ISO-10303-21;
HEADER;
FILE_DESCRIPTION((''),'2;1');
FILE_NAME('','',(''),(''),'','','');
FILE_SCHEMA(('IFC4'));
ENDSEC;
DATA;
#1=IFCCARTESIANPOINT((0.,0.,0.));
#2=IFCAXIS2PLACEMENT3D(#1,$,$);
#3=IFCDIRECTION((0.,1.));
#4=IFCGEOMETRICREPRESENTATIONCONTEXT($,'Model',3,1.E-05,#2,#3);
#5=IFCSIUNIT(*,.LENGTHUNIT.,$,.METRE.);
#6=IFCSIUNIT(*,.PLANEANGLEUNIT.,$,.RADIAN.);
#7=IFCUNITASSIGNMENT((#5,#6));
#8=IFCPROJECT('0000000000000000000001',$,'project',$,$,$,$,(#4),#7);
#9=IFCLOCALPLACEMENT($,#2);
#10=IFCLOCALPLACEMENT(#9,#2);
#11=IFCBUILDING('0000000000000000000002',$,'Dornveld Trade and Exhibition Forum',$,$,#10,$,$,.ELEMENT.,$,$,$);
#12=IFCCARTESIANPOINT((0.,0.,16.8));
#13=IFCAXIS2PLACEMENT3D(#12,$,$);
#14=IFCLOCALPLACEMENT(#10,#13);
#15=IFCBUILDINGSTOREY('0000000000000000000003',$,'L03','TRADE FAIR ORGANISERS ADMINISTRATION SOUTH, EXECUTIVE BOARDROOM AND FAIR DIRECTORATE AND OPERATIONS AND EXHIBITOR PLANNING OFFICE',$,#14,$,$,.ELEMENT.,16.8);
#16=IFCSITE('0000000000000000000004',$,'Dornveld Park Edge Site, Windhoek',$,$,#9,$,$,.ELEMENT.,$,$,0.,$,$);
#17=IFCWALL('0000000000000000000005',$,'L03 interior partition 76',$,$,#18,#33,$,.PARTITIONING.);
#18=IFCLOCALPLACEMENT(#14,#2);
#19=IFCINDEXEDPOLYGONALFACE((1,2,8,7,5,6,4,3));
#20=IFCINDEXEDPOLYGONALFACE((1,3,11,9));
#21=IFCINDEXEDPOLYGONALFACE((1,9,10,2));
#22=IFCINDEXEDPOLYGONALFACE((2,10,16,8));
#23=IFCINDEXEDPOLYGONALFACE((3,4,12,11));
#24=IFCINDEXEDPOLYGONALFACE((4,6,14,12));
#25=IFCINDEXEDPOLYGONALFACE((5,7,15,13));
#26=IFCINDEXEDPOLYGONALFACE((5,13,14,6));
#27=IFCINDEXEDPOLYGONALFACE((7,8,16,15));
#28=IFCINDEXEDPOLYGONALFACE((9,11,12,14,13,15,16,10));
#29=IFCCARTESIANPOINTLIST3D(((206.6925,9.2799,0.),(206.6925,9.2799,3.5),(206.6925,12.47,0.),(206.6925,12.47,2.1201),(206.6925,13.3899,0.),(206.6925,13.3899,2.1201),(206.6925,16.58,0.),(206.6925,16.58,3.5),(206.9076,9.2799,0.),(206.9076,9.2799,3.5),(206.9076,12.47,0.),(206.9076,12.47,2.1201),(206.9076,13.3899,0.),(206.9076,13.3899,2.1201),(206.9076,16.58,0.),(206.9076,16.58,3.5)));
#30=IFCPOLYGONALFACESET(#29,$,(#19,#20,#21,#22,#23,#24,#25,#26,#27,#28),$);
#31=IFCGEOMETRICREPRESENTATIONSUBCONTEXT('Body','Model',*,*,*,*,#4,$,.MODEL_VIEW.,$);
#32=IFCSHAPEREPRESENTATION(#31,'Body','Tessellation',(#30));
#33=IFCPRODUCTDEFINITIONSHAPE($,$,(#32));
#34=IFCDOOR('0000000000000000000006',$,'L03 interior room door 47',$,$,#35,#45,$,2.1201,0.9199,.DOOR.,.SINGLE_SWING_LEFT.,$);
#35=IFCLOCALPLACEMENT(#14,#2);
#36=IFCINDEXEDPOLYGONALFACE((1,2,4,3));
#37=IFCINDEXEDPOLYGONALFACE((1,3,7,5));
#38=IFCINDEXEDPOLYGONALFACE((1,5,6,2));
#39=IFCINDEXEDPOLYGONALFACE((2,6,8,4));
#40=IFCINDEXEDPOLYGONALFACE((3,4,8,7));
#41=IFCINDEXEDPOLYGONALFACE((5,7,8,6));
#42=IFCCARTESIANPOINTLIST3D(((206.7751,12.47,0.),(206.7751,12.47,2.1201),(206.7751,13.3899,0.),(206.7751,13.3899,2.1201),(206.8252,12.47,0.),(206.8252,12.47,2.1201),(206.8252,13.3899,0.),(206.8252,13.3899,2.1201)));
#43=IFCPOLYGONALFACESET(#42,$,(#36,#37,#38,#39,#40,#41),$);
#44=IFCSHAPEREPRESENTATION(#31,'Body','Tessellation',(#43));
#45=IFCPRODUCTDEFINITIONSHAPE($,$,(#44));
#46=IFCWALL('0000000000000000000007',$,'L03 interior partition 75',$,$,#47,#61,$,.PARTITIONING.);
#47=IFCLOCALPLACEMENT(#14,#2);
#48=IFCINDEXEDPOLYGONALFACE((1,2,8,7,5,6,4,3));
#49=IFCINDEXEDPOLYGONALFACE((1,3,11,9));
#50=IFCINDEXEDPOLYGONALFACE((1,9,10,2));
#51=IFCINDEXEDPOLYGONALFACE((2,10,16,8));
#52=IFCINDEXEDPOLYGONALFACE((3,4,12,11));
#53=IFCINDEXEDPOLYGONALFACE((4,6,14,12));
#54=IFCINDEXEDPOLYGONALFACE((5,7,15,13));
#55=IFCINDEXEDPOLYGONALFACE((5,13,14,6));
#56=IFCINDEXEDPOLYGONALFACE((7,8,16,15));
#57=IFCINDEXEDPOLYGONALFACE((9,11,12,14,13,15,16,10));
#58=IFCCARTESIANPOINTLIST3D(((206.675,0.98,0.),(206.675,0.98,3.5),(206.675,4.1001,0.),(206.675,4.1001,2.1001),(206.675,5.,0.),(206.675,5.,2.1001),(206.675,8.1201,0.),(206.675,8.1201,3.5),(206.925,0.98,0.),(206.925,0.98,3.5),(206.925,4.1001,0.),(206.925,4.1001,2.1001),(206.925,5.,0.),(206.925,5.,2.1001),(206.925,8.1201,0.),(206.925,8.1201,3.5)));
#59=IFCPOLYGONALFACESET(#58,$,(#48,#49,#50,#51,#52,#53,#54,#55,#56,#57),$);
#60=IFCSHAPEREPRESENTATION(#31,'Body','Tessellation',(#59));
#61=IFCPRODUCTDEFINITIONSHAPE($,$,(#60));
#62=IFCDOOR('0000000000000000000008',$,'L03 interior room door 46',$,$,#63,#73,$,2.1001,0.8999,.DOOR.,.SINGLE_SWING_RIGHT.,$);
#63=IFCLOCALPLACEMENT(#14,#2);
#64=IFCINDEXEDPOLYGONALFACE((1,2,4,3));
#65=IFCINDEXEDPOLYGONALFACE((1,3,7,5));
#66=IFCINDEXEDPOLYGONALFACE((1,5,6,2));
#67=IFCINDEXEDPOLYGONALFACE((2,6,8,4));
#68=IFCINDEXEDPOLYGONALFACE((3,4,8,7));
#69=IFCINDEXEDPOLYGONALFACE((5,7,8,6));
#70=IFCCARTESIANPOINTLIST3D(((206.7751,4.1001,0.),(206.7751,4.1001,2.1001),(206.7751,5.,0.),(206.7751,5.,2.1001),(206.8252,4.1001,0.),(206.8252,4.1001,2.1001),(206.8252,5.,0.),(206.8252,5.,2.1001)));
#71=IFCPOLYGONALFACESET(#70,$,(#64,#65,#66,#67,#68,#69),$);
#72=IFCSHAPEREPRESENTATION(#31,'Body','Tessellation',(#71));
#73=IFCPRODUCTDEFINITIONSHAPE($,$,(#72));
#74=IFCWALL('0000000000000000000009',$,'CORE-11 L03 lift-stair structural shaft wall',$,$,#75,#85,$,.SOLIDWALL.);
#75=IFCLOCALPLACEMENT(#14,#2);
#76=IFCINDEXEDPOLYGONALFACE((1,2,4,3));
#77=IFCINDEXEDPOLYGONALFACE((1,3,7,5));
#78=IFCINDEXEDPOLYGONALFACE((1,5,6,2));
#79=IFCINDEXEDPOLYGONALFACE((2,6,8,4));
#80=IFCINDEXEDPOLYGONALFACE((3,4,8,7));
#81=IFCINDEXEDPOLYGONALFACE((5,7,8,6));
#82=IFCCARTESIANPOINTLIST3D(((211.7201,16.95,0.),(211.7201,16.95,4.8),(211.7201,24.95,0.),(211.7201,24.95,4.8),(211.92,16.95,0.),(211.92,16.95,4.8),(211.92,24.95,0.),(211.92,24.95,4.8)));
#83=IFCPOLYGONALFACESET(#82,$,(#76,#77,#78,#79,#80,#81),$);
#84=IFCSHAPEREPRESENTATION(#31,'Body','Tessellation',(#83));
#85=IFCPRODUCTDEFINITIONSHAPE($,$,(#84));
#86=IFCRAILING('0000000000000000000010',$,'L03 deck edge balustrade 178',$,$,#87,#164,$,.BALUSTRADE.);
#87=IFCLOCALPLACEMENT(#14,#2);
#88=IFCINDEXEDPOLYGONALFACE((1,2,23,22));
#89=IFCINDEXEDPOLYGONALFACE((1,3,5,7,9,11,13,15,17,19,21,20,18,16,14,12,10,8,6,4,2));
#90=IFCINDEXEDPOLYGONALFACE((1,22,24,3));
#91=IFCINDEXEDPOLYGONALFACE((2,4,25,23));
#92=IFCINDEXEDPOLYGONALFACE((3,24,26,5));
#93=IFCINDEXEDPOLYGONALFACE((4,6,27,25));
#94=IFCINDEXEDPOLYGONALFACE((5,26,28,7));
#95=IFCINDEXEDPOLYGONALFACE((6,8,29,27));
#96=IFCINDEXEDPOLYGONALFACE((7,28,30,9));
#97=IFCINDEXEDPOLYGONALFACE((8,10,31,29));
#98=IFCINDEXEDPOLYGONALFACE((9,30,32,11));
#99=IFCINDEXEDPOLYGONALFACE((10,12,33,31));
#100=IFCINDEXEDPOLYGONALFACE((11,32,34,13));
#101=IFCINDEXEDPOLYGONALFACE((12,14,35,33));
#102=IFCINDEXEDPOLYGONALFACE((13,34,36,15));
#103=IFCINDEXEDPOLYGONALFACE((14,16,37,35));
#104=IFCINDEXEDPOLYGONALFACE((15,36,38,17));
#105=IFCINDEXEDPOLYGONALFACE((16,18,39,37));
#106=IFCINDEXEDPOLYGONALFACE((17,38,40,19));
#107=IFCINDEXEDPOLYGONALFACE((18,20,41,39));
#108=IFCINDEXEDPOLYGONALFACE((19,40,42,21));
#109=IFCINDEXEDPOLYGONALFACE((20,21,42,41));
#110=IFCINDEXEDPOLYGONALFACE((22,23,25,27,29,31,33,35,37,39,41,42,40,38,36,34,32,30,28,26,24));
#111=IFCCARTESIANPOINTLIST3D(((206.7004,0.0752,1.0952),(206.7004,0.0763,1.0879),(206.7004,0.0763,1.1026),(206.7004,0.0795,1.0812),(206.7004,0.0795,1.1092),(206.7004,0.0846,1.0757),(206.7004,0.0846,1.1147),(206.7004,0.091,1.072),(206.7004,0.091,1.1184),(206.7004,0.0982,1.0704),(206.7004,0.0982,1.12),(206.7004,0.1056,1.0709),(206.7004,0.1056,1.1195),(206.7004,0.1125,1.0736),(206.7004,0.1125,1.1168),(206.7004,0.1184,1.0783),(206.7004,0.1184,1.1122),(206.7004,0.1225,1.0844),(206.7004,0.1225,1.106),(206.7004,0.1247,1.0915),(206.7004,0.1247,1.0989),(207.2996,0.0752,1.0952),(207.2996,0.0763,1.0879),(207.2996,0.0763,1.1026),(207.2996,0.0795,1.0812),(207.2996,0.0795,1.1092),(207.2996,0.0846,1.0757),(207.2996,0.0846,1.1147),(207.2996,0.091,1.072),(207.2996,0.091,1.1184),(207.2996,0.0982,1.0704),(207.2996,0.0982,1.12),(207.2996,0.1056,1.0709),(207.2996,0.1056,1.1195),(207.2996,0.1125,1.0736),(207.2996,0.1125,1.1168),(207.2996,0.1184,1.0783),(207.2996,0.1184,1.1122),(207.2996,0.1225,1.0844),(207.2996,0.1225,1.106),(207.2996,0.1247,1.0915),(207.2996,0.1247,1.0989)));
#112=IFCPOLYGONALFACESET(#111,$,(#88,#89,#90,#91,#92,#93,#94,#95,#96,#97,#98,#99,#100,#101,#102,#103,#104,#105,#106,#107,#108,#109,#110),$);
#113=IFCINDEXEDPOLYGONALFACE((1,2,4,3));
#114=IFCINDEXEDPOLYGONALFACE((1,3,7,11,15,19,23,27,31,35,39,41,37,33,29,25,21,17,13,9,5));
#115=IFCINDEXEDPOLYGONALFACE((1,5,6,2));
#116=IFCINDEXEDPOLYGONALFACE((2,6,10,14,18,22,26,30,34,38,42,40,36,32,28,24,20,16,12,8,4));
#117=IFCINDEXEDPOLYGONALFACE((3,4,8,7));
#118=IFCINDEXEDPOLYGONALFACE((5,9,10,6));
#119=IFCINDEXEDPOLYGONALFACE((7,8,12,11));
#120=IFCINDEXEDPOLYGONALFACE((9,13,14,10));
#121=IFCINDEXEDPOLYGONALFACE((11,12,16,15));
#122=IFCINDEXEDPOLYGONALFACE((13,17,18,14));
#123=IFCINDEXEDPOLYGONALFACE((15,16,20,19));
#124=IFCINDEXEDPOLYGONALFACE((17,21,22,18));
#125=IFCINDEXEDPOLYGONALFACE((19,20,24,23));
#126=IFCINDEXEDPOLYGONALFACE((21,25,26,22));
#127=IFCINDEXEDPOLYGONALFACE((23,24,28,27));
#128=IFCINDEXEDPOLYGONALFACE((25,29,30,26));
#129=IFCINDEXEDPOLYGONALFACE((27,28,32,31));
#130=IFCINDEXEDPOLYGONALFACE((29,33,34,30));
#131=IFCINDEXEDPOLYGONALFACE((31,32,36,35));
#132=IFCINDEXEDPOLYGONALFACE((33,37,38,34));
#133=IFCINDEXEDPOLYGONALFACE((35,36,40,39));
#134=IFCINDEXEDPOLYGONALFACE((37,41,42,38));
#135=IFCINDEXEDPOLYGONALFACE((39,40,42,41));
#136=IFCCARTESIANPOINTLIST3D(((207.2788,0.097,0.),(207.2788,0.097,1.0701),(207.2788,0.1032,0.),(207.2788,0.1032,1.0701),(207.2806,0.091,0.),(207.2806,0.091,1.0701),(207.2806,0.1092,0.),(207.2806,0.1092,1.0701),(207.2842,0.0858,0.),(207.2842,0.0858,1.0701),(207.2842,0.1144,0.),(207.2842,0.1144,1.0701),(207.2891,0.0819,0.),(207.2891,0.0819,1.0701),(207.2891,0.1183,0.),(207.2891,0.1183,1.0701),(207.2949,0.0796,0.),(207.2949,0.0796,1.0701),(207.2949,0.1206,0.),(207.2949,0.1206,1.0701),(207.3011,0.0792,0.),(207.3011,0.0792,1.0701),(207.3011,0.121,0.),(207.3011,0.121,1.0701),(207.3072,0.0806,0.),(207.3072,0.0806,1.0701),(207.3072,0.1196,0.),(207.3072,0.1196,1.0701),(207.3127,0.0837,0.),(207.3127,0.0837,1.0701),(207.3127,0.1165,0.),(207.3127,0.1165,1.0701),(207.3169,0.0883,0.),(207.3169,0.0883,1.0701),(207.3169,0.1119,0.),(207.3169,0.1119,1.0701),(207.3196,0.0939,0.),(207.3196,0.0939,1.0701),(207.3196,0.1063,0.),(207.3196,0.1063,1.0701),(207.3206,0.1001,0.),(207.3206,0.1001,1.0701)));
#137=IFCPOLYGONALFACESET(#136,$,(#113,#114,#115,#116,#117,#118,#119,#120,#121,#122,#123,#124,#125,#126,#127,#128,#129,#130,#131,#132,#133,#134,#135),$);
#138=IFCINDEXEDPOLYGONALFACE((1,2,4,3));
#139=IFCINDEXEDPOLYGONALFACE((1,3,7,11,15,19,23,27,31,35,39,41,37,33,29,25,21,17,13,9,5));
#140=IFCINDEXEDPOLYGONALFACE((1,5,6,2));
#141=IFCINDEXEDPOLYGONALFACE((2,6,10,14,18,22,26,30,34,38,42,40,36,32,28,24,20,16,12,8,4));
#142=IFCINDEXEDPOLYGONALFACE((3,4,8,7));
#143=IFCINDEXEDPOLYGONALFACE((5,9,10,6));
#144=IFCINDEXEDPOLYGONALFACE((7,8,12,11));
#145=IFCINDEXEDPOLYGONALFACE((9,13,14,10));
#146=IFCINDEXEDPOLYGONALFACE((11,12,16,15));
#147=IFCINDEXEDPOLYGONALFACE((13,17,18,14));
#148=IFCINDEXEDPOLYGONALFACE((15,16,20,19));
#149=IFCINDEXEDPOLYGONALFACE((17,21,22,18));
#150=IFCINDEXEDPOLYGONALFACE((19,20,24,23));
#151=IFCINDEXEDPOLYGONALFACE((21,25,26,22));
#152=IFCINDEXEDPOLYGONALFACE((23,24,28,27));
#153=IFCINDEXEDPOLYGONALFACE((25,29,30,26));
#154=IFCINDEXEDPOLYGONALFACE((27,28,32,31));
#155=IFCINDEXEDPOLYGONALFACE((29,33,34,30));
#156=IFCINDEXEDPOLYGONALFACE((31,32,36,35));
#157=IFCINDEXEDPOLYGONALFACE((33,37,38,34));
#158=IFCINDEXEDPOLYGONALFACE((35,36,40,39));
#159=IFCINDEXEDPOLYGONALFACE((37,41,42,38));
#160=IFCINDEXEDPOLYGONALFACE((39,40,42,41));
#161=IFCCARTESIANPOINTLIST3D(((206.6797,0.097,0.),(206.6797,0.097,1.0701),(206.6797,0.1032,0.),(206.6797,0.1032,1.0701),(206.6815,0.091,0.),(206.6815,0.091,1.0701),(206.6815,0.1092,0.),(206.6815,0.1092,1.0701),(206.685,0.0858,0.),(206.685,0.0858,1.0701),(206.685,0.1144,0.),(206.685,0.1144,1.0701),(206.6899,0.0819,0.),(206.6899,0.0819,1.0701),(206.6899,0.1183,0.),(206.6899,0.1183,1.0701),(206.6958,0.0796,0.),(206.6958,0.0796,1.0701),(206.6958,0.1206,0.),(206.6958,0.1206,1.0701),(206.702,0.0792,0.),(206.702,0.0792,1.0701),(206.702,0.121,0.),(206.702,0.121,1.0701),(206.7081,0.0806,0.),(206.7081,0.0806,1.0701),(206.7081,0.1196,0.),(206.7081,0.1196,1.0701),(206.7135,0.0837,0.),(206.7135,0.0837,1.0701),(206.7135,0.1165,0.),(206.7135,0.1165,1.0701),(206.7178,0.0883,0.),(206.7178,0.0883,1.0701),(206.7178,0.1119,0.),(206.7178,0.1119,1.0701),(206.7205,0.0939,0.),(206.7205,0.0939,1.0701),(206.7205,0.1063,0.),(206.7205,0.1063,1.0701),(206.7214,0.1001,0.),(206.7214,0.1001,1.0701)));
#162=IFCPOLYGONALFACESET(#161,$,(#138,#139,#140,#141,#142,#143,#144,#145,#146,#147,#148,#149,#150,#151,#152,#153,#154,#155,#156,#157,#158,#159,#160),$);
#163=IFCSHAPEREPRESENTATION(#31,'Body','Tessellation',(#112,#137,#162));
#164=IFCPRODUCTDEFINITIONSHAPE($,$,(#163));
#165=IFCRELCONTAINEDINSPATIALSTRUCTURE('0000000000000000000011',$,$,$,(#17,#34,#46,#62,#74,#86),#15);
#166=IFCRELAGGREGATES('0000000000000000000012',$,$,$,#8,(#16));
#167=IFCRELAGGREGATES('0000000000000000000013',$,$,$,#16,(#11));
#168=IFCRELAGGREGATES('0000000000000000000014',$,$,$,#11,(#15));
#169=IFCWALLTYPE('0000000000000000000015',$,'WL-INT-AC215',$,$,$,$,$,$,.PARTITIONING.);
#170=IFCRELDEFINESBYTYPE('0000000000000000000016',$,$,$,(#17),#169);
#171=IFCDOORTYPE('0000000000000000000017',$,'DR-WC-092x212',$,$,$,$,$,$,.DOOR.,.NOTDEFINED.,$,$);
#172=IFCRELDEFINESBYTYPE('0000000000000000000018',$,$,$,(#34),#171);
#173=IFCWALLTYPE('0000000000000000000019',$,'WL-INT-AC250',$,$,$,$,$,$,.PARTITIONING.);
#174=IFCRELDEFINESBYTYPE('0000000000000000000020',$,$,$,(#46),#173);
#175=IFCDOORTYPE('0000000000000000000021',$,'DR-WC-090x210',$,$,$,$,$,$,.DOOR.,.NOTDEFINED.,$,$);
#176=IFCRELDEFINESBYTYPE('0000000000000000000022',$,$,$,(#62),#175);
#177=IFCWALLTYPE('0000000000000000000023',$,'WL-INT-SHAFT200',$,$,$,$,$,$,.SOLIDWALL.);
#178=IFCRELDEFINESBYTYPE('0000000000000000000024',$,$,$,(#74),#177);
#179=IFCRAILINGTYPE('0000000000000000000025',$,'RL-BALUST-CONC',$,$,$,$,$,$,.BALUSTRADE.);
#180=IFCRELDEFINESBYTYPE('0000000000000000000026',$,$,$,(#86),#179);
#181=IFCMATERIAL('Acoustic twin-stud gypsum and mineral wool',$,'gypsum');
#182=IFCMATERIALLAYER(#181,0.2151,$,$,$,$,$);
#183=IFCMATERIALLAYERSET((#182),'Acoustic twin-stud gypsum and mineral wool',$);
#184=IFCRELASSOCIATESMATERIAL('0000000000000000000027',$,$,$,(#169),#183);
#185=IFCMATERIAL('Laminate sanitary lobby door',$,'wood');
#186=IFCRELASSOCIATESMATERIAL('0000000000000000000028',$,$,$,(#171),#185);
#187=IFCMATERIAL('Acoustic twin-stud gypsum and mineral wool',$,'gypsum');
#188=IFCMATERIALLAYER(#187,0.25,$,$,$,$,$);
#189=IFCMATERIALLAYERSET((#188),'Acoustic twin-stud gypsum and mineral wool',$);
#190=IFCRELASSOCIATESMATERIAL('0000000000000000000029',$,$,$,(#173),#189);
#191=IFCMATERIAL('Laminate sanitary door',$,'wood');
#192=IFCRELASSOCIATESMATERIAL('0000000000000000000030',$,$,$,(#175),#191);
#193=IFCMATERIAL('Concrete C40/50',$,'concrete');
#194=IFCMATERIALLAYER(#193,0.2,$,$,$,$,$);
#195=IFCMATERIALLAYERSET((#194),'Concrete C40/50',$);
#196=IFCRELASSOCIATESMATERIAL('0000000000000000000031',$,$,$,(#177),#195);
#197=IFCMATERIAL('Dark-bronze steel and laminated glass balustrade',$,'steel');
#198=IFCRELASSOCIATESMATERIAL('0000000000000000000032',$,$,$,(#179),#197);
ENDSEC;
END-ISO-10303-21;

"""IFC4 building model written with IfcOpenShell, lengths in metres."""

from ifc_helpers import new_model, si_unit, direction, frame, frame_2d, origin, origin_2d, place, context, subcontext, project, spatial, rectangle, circle, extrude, material, layer, layer_set, type_object, element, fill, save


model = new_model("IFC4")

# Units and contexts
model_context = context("Model", 3, precision=1e-05, world=origin(), true_north=direction((0.0, 1.0)))
body_context = subcontext(model_context, "Body", "Model", "MODEL_VIEW")
ifc_project = project(units=[si_unit("LENGTHUNIT", "METRE"), si_unit("PLANEANGLEUNIT", "RADIAN")], contexts=[model_context])

# Site, building, storey
site_placement = place(None, origin())
site = spatial("IfcSite", under=ifc_project, at=site_placement, Name="Dornveld Park Edge Site, Windhoek", CompositionType="ELEMENT", RefElevation=0.0)
building_placement = place(site_placement, origin())
building = spatial("IfcBuilding", under=site, at=building_placement, Name="Dornveld Trade and Exhibition Forum", CompositionType="ELEMENT")
storey_placement = place(building_placement, frame((0.0, 0.0, 16.8)))
storey = spatial("IfcBuildingStorey", under=building, at=storey_placement, Name="L03", Description="TRADE FAIR ORGANISERS ADMINISTRATION SOUTH, EXECUTIVE BOARDROOM AND FAIR DIRECTORATE AND OPERATIONS AND EXHIBITOR PLANNING OFFICE", CompositionType="ELEMENT", Elevation=16.8)

# Walls, openings, doors
ifc_material_1 = material(Name="Acoustic twin-stud gypsum and mineral wool", Category="gypsum")
ifc_layer_1 = layer(ifc_material_1, 0.2151)
ifc_layer_set_1 = layer_set([ifc_layer_1], Name="Acoustic twin-stud gypsum and mineral wool")
wall_type_1 = type_object("IfcWallType", Name="WL-INT-AC215", PredefinedType="PARTITIONING", material=ifc_layer_set_1)
wall_1_placement = place(storey_placement, frame((206.8, 9.28, 0.0), z_axis=(0.0, 0.0, 1.0), x_axis=(0.0, 1.0, 0.0)))
wall_1 = element("IfcWall", 1, at=wall_1_placement, inside=storey, type_object=wall_type_1, Name="L03 interior partition 76", PredefinedType="PARTITIONING", context=body_context, shape_type="SweptSolid", body=[
    extrude(rectangle(XDim=7.3, YDim=0.2151, at=frame_2d((3.6499, 0.0))), origin(), (0.0, 0.0, 1.0), 3.5),
])
opening_1_placement = place(wall_1_placement, frame((3.1899, 0.0, 0.0)))
opening_1 = element("IfcOpeningElement", 2, at=opening_1_placement, cuts=wall_1, PredefinedType="OPENING", context=body_context, shape_type="SweptSolid", body=[
    extrude(rectangle(XDim=0.9199, YDim=2.1201, at=frame_2d((0.46, 1.0601))), frame((0.0, 0.1174, 0.0), z_axis=(0.0, -1.0, 0.0), x_axis=(1.0, 0.0, 0.0)), (0.0, 0.0, 1.0), 0.2351),
])
ifc_material_2 = material(Name="Laminate sanitary lobby door", Category="wood")
door_type_1 = type_object("IfcDoorType", Name="DR-WC-092x212", OperationType="NOTDEFINED", PredefinedType="DOOR", material=ifc_material_2)
door_1_placement = place(opening_1_placement, origin())
door_1 = element("IfcDoor", 3, at=door_1_placement, inside=storey, type_object=door_type_1, Name="L03 interior room door 47", OperationType="SINGLE_SWING_LEFT", OverallHeight=2.1201, OverallWidth=0.9199, PredefinedType="DOOR", context=body_context, shape_type="SweptSolid", body=[
    extrude(rectangle(XDim=0.9199, YDim=2.1201, at=frame_2d((0.46, 1.0601))), frame((0.0, 0.0249, 0.0), z_axis=(0.0, -1.0, 0.0), x_axis=(1.0, 0.0, 0.0)), (0.0, 0.0, 1.0), 0.05),
])
fill(opening_1, door_1)
ifc_material_3 = material(Name="Acoustic twin-stud gypsum and mineral wool", Category="gypsum")
ifc_layer_2 = layer(ifc_material_3, 0.25)
ifc_layer_set_2 = layer_set([ifc_layer_2], Name="Acoustic twin-stud gypsum and mineral wool")
wall_type_2 = type_object("IfcWallType", Name="WL-INT-AC250", PredefinedType="PARTITIONING", material=ifc_layer_set_2)
wall_2_placement = place(storey_placement, frame((206.8, 0.98, 0.0), z_axis=(0.0, 0.0, 1.0), x_axis=(0.0, 1.0, 0.0)))
wall_2 = element("IfcWall", 4, at=wall_2_placement, inside=storey, type_object=wall_type_2, Name="L03 interior partition 75", PredefinedType="PARTITIONING", context=body_context, shape_type="SweptSolid", body=[
    extrude(rectangle(XDim=7.1401, YDim=0.25, at=frame_2d((3.5701, 0.0))), origin(), (0.0, 0.0, 1.0), 3.5),
])
opening_2_placement = place(wall_2_placement, frame((3.1201, 0.0, 0.0)))
opening_2 = element("IfcOpeningElement", 5, at=opening_2_placement, cuts=wall_2, PredefinedType="OPENING", context=body_context, shape_type="SweptSolid", body=[
    extrude(rectangle(XDim=0.8999, YDim=2.1001, at=frame_2d((0.45, 1.05))), frame((0.0, 0.135, 0.0), z_axis=(0.0, -1.0, 0.0), x_axis=(1.0, 0.0, 0.0)), (0.0, 0.0, 1.0), 0.27),
])
ifc_material_4 = material(Name="Laminate sanitary door", Category="wood")
door_type_2 = type_object("IfcDoorType", Name="DR-WC-090x210", OperationType="NOTDEFINED", PredefinedType="DOOR", material=ifc_material_4)
door_2_placement = place(opening_2_placement, origin())
door_2 = element("IfcDoor", 6, at=door_2_placement, inside=storey, type_object=door_type_2, Name="L03 interior room door 46", OperationType="SINGLE_SWING_RIGHT", OverallHeight=2.1001, OverallWidth=0.8999, PredefinedType="DOOR", context=body_context, shape_type="SweptSolid", body=[
    extrude(rectangle(XDim=0.8999, YDim=2.1001, at=frame_2d((0.45, 1.05))), frame((0.0, 0.0249, 0.0), z_axis=(0.0, -1.0, 0.0), x_axis=(1.0, 0.0, 0.0)), (0.0, 0.0, 1.0), 0.05),
])
fill(opening_2, door_2)

# Wall
ifc_material_5 = material(Name="Concrete C40/50", Category="concrete")
ifc_layer_3 = layer(ifc_material_5, 0.2)
ifc_layer_set_3 = layer_set([ifc_layer_3], Name="Concrete C40/50")
wall_type_3 = type_object("IfcWallType", Name="WL-INT-SHAFT200", PredefinedType="SOLIDWALL", material=ifc_layer_set_3)
wall_3_placement = place(storey_placement, frame((211.8201, 16.95, 0.0), z_axis=(0.0, 0.0, 1.0), x_axis=(0.0, 1.0, 0.0)))
element("IfcWall", 7, at=wall_3_placement, inside=storey, type_object=wall_type_3, Name="CORE-11 L03 lift-stair structural shaft wall", PredefinedType="SOLIDWALL", context=body_context, shape_type="SweptSolid", body=[
    extrude(rectangle(XDim=8.0, YDim=0.2, at=frame_2d((4.0, 0.0))), origin(), (0.0, 0.0, 1.0), 4.8),
])

# Railing
ifc_material_6 = material(Name="Dark-bronze steel and laminated glass balustrade", Category="steel")
railing_type = type_object("IfcRailingType", Name="RL-BALUST-CONC", PredefinedType="BALUSTRADE", material=ifc_material_6)
railing_placement = place(storey_placement, frame((207.2996, 0.1001, 0.0)))
element("IfcRailing", 8, at=railing_placement, inside=storey, type_object=railing_type, Name="L03 deck edge balustrade 178", PredefinedType="BALUSTRADE", context=body_context, shape_type="SweptSolid", body=[
    extrude(circle(Radius=0.0249, at=origin_2d()), frame((0.0, 0.0, 1.0952), z_axis=(-1.0, 0.0, 0.0), x_axis=(0.0, -1.0, 0.0)), (0.0, 0.0, 1.0), 0.5991),
    extrude(circle(Radius=0.021, at=origin_2d()), origin(), (0.0, 0.0, 1.0), 1.0701),
    extrude(circle(Radius=0.021, at=origin_2d()), frame((-0.5991, 0.0, 0.0)), (0.0, 0.0, 1.0), 1.0701),
])

save(model, "model.ifc")
